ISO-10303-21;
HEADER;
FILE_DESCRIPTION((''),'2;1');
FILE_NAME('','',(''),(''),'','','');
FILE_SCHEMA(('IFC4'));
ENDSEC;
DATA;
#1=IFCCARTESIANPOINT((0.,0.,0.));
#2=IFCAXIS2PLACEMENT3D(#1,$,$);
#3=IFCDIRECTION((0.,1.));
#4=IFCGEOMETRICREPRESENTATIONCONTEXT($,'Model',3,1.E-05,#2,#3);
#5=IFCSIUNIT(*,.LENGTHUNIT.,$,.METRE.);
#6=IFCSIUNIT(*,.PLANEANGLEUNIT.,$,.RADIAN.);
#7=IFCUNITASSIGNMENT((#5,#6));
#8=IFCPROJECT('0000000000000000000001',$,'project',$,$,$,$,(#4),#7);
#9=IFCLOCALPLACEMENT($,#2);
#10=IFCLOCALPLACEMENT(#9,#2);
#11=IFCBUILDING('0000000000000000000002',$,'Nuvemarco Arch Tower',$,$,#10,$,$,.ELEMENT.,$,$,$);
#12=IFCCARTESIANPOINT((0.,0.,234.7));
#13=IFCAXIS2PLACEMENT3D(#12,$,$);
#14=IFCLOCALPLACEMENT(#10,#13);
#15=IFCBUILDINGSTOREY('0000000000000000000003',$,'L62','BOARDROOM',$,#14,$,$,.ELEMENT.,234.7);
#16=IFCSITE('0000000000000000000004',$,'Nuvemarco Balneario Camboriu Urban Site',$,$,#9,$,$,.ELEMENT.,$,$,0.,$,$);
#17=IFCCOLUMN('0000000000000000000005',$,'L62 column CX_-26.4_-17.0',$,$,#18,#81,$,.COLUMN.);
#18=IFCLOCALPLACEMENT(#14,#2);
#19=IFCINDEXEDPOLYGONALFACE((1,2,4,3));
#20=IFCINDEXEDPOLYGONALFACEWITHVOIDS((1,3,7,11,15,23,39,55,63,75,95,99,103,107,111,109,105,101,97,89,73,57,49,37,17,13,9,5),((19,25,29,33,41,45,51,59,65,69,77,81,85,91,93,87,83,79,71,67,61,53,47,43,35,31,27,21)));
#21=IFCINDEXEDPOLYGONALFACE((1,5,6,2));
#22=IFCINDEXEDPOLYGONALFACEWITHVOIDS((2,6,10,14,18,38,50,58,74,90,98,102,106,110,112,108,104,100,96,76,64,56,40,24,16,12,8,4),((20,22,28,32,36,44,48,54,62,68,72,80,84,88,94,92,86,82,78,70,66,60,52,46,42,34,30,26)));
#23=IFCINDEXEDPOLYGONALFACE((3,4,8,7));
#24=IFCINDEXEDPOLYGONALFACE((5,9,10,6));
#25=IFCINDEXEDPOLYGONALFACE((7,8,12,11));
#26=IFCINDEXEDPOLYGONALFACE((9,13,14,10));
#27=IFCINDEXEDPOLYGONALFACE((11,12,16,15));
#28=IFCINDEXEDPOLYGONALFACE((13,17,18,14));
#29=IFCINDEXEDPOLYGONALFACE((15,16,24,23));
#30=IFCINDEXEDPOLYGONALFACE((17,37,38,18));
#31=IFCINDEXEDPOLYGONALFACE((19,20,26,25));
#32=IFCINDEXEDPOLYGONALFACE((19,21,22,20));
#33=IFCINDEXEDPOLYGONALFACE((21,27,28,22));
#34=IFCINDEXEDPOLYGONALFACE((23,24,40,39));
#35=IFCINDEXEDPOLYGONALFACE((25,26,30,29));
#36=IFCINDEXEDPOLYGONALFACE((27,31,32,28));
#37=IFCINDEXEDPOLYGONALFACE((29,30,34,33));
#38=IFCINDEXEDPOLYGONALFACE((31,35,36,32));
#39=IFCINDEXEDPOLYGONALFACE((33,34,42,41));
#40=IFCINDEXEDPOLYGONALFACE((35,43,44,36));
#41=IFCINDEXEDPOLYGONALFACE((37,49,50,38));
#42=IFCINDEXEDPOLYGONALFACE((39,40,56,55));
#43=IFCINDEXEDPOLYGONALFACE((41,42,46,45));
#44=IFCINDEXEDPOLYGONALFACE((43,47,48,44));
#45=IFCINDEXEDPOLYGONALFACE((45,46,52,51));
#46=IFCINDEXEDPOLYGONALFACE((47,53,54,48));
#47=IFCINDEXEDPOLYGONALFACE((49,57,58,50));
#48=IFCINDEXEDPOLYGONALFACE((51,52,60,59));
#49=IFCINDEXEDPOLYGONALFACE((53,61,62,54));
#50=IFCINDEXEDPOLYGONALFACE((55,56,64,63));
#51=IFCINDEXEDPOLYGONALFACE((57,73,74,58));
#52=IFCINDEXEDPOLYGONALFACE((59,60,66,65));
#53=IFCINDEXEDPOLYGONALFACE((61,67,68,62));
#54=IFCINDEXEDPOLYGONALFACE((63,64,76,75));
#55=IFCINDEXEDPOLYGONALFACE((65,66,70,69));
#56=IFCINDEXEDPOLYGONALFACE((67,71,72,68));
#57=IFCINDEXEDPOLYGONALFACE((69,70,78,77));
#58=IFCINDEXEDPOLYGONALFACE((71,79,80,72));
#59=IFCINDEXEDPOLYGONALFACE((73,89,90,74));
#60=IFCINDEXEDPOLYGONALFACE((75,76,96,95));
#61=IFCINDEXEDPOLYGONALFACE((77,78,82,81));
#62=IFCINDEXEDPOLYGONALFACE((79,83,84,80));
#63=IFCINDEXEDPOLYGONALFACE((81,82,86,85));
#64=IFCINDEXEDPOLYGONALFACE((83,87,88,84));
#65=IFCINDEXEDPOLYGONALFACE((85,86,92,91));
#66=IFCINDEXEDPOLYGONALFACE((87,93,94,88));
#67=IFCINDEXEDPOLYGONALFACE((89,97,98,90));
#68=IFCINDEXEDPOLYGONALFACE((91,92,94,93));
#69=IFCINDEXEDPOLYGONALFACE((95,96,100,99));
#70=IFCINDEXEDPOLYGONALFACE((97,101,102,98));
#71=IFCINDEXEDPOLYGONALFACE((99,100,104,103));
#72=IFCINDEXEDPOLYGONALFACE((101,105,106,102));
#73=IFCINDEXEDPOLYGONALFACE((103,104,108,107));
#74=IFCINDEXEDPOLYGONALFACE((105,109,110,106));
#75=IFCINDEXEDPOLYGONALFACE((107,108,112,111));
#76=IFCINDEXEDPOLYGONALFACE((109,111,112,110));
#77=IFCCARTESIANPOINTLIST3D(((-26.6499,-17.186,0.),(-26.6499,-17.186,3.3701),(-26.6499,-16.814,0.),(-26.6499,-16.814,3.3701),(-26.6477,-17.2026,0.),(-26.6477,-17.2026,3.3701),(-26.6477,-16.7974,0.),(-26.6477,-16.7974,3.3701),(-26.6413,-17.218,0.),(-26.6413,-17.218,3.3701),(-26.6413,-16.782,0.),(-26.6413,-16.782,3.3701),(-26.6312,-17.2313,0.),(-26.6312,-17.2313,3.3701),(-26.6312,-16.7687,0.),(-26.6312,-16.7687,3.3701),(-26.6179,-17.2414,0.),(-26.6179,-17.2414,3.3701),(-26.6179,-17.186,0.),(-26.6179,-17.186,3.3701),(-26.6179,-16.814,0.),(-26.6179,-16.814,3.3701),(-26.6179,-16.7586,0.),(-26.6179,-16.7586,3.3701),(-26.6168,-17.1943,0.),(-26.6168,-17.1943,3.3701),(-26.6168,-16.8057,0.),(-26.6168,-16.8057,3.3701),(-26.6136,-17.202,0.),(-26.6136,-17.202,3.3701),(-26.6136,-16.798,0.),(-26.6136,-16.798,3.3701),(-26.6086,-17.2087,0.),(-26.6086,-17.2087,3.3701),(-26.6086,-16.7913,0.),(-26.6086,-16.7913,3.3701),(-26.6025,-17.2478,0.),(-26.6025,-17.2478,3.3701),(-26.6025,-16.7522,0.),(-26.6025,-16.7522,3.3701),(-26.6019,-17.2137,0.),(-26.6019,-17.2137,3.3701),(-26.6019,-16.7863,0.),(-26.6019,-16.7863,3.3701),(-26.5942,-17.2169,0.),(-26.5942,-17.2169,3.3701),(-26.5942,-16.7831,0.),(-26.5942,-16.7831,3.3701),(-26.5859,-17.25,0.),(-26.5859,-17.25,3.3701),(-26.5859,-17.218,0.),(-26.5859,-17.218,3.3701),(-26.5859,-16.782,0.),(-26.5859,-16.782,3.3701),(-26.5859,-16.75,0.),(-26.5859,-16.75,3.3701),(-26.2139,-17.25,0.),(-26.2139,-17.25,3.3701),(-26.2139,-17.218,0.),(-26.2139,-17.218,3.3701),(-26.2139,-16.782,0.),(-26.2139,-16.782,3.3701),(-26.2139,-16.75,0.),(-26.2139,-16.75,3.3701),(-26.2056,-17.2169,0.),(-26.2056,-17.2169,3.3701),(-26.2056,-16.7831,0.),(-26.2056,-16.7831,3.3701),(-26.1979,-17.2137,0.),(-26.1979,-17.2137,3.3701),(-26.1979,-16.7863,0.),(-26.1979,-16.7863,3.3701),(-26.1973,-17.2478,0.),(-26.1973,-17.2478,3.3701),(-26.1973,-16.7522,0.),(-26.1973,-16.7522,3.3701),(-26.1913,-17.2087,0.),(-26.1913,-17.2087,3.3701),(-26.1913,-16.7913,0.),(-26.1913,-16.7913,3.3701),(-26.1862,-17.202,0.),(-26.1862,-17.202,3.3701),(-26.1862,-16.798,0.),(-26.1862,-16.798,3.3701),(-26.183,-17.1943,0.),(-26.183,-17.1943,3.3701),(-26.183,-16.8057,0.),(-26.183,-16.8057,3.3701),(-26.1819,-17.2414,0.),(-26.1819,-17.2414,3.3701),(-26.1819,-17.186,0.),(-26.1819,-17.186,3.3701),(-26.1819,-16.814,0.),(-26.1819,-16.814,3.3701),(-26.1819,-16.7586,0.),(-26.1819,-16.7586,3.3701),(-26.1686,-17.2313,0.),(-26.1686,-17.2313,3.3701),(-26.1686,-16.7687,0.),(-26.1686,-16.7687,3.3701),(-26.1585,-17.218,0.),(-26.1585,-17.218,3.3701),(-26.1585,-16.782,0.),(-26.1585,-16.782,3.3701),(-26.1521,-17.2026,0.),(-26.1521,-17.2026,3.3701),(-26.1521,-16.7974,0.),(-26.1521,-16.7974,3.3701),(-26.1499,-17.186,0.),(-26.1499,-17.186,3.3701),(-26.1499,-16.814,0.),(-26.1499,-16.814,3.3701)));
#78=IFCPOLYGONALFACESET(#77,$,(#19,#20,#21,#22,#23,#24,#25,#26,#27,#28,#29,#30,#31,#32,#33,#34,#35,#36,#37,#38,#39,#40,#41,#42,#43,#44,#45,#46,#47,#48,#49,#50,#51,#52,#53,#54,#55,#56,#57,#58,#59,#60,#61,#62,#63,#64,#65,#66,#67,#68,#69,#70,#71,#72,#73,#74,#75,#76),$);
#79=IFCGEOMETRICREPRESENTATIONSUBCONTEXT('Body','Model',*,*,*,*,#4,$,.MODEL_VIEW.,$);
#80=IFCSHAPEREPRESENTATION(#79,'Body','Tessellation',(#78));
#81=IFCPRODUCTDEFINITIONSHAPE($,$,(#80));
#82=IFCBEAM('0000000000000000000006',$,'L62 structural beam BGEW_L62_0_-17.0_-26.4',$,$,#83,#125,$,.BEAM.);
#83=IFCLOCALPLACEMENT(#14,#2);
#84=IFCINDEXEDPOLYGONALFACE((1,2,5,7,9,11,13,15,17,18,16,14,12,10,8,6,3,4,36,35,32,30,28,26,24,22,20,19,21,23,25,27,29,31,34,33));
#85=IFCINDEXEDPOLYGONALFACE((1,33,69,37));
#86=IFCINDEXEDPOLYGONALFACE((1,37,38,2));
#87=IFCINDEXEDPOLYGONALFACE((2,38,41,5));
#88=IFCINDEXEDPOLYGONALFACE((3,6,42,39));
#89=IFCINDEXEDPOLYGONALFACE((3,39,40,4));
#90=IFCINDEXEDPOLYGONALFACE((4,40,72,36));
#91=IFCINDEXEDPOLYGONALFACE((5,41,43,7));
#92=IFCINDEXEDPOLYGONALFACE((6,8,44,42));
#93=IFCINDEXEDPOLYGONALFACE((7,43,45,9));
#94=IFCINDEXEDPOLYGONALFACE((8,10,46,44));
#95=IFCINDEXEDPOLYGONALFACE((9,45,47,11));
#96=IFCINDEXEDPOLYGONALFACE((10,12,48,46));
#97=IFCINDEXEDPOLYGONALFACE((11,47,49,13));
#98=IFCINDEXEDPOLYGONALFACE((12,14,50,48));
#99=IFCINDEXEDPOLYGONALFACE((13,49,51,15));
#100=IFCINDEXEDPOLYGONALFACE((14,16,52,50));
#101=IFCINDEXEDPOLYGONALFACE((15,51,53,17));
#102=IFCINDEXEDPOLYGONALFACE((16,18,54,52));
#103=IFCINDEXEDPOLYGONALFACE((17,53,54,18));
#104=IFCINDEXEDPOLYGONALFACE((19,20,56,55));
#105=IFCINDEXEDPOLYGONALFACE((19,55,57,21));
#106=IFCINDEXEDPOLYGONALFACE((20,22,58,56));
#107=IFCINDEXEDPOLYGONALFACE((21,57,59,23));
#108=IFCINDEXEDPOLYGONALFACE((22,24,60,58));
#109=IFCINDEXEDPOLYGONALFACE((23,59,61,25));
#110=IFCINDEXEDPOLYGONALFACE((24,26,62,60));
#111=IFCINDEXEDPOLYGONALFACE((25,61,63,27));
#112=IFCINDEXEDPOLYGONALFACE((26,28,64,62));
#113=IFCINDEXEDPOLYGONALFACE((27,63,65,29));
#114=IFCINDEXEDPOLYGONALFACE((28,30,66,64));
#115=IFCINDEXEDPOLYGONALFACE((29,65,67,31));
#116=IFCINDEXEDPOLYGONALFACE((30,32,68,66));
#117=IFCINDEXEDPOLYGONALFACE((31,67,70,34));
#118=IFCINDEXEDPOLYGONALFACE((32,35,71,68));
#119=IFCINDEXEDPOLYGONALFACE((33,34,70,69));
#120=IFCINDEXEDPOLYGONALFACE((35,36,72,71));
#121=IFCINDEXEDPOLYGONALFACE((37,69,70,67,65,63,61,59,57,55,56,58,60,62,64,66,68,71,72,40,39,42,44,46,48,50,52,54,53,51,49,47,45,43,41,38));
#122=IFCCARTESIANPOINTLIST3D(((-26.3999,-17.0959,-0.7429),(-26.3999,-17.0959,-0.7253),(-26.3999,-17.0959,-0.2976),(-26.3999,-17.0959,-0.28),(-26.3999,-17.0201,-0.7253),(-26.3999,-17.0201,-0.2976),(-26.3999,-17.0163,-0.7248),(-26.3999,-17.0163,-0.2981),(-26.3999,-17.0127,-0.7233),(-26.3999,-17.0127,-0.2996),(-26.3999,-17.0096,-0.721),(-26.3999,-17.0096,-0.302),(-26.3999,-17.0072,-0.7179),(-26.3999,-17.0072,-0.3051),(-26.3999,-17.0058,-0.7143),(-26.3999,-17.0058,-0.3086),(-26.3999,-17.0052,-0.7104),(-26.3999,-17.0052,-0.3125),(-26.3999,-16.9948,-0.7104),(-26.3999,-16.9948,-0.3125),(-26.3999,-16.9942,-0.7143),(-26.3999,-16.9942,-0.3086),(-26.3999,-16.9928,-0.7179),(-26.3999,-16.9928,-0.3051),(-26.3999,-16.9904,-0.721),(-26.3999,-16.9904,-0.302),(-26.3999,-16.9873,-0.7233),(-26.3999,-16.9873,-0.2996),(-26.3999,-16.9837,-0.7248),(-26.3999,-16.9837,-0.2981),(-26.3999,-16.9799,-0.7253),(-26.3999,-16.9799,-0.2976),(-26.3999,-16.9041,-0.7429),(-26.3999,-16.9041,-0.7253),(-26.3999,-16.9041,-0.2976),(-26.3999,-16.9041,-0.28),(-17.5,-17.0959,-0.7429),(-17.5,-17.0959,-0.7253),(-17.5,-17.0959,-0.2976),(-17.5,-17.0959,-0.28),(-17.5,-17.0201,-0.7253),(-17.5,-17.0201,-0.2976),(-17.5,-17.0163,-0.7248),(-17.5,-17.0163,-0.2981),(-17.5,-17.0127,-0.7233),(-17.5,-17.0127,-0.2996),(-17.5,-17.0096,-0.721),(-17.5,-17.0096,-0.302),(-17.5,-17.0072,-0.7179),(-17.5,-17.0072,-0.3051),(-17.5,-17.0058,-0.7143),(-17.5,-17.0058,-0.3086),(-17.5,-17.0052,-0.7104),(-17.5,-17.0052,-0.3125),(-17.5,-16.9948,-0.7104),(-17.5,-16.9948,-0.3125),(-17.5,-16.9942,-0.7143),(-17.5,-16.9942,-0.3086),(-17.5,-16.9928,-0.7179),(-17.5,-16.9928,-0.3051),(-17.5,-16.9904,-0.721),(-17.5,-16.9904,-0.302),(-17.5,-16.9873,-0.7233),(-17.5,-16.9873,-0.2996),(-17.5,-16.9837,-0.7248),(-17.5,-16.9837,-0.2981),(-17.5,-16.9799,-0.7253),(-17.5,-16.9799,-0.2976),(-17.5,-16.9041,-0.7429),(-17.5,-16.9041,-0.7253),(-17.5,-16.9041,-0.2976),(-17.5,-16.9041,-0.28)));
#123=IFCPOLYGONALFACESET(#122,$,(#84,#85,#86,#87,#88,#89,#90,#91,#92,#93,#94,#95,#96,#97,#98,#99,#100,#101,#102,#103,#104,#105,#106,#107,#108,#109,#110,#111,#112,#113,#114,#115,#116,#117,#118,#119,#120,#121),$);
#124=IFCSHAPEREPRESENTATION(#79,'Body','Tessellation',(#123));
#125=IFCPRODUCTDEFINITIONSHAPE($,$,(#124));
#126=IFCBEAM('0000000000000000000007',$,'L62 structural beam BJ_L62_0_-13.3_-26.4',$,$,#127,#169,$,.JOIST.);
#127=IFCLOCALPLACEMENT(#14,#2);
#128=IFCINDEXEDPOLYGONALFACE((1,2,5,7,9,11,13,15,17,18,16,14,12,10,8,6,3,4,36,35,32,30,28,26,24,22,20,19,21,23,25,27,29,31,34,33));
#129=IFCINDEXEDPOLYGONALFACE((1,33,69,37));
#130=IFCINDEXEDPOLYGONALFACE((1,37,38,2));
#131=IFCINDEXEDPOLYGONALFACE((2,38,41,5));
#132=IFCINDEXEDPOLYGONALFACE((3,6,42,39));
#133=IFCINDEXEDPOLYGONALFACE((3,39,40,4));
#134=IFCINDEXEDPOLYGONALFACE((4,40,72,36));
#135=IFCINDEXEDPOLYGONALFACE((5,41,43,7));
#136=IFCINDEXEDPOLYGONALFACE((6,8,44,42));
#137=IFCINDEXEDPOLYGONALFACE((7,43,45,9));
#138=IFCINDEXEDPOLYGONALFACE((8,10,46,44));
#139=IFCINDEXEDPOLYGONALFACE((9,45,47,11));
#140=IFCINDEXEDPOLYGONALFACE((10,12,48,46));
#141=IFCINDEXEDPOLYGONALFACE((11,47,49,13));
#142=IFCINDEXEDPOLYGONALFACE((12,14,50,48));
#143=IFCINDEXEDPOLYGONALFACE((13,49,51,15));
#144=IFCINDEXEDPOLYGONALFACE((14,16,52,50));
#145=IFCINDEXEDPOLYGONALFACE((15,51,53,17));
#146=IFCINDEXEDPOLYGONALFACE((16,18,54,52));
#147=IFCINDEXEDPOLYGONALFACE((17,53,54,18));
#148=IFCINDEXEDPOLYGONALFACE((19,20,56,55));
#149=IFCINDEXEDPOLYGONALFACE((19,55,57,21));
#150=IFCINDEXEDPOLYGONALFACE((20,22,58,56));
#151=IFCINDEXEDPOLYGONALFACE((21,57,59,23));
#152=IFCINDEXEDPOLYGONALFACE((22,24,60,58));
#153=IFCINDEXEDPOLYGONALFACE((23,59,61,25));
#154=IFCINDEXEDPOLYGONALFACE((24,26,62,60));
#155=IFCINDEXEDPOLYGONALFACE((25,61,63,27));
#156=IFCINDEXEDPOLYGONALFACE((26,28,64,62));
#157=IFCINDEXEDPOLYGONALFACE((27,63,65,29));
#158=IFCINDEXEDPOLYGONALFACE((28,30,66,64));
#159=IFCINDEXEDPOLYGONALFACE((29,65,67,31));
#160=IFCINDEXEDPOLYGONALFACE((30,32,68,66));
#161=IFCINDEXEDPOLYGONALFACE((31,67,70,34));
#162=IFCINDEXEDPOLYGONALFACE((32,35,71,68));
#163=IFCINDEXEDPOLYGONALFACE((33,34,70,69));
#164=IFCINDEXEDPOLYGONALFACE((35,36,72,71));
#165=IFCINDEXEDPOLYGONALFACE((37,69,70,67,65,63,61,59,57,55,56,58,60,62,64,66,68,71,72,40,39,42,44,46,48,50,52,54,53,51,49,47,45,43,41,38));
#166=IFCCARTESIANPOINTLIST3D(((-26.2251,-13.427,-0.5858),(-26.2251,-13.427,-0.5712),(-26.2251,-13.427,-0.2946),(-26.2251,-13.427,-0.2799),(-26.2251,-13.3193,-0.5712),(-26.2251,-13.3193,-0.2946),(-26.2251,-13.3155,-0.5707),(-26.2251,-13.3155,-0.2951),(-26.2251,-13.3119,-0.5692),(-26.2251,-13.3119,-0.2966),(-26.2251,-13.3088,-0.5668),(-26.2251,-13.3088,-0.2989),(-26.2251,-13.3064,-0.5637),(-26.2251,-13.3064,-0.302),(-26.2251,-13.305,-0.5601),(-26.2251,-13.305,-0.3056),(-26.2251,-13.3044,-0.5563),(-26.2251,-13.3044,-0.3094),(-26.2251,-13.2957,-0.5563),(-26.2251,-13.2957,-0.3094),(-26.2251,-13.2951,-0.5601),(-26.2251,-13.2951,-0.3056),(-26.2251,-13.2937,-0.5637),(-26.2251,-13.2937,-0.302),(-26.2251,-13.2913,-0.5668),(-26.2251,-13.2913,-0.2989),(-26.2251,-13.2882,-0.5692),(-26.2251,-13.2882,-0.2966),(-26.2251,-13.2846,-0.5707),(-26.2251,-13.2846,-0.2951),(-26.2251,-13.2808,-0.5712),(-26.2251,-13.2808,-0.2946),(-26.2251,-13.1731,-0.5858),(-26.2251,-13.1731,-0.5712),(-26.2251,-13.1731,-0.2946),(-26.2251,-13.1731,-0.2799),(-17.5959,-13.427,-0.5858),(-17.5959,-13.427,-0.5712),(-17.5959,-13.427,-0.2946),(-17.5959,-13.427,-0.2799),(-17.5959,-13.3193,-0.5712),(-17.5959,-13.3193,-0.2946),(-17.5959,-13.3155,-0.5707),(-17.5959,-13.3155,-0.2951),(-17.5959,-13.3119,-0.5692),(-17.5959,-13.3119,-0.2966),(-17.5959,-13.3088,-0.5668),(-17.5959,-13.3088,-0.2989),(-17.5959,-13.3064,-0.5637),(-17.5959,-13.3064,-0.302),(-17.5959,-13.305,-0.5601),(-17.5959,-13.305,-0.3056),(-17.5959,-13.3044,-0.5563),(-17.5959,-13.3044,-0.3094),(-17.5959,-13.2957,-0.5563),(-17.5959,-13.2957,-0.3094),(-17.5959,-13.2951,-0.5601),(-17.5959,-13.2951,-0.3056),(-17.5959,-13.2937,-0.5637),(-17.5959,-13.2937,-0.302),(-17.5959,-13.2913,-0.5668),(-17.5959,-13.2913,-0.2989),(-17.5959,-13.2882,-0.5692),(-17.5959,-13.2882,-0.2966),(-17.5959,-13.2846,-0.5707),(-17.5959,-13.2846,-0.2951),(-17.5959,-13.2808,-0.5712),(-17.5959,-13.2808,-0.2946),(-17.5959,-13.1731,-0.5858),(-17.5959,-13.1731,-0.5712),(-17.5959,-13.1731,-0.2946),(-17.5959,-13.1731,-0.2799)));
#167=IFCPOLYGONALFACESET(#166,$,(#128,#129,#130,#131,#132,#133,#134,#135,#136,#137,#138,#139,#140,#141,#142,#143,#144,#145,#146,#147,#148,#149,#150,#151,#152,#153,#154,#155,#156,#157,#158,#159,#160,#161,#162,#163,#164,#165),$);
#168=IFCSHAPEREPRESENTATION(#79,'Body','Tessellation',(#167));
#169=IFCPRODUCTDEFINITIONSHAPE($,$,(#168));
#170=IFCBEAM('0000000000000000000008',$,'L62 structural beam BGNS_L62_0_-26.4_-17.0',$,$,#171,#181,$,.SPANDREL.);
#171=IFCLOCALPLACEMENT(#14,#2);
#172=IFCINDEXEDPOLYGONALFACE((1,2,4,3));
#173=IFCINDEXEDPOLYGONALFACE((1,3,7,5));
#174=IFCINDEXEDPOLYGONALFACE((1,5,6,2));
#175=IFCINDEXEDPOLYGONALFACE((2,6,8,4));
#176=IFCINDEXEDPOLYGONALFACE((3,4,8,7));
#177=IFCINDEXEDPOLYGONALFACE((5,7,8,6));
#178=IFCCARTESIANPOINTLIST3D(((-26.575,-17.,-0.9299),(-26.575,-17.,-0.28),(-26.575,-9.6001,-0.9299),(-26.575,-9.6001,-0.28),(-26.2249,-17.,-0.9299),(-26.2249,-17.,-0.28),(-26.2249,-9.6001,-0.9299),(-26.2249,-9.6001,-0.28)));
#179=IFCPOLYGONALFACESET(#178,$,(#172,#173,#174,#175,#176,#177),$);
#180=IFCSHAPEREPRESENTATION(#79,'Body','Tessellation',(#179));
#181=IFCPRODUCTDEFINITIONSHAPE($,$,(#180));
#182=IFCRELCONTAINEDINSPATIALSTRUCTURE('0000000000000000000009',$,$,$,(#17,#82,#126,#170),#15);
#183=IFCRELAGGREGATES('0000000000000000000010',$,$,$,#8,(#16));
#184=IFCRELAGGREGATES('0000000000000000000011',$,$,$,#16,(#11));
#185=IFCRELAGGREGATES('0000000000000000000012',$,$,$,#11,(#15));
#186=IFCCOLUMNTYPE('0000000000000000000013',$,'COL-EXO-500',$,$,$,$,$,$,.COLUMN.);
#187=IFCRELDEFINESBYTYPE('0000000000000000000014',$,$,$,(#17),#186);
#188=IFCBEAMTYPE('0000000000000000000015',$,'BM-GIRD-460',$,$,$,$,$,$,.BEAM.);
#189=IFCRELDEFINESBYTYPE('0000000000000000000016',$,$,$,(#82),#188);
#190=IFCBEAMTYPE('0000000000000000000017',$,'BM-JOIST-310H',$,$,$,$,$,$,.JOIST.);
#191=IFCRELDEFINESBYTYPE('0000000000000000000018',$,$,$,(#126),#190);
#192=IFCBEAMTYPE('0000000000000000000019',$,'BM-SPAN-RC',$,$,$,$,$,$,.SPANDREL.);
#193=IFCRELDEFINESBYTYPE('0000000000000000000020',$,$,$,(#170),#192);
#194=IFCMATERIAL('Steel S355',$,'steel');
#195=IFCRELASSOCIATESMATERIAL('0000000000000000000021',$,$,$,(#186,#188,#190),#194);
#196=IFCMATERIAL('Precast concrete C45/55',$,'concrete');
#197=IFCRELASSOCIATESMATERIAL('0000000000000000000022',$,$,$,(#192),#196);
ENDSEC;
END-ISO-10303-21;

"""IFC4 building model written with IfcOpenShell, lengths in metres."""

from ifc_helpers import new_model, si_unit, direction, frame, origin, origin_2d, place, context, subcontext, project, spatial, rectangle, hollow_rectangle, i_section, extrude, material, material_profile, profile_set, type_object, element, save


model = new_model("IFC4")

# Units and contexts
model_context = context("Model", 3, precision=1e-05, world=origin(), true_north=direction((0.0, 1.0)))
body_context = subcontext(model_context, "Body", "Model", "MODEL_VIEW")
ifc_project = project(units=[si_unit("LENGTHUNIT", "METRE"), si_unit("PLANEANGLEUNIT", "RADIAN")], contexts=[model_context])

# Site, building, storey
site_placement = place(None, origin())
site = spatial("IfcSite", under=ifc_project, at=site_placement, Name="Nuvemarco Balneario Camboriu Urban Site", CompositionType="ELEMENT", RefElevation=0.0)
building_placement = place(site_placement, origin())
building = spatial("IfcBuilding", under=site, at=building_placement, Name="Nuvemarco Arch Tower", CompositionType="ELEMENT")
storey_placement = place(building_placement, frame((0.0, 0.0, 234.7)))
storey = spatial("IfcBuildingStorey", under=building, at=storey_placement, Name="L62", Description="BOARDROOM", CompositionType="ELEMENT", Elevation=234.7)

# Column
ifc_material_1 = material(Name="Steel S355", Category="steel")
ifc_material_profile_1 = material_profile(ifc_material_1, hollow_rectangle(XDim=0.5, YDim=0.5, WallThickness=0.032, InnerFilletRadius=0.032, OuterFilletRadius=0.064, at=origin_2d()), Name="SHS500x500x32")
ifc_profile_set_1 = profile_set([ifc_material_profile_1], Name="Steel S355")
column_type = type_object("IfcColumnType", Name="COL-EXO-500", PredefinedType="COLUMN", material=ifc_profile_set_1)
column_placement = place(storey_placement, frame((-26.3999, -17.0, 0.0), z_axis=(0.0, 0.0, 1.0), x_axis=(1.0, 0.0, 0.0)))
element("IfcColumn", 1, at=column_placement, inside=storey, type_object=column_type, Name="L62 column CX_-26.4_-17.0", PredefinedType="COLUMN", context=body_context, shape_type="SweptSolid", body=[
    extrude(hollow_rectangle(XDim=0.5, YDim=0.5, WallThickness=0.032, InnerFilletRadius=0.032, OuterFilletRadius=0.064, at=origin_2d()), origin(), (0.0, 0.0, 1.0), 3.3701),
])

# Beams
ifc_material_profile_2 = material_profile(ifc_material_1, i_section(OverallWidth=0.1919, OverallDepth=0.4629, WebThickness=0.0105, FlangeThickness=0.0176, FilletRadius=0.0149, at=origin_2d()), Name="W460x89")
ifc_profile_set_2 = profile_set([ifc_material_profile_2], Name="Steel S355")
beam_type_1 = type_object("IfcBeamType", Name="BM-GIRD-460", PredefinedType="BEAM", material=ifc_profile_set_2)
beam_1_placement = place(storey_placement, frame((-26.3999, -17.0, -0.5115), z_axis=(1.0, 0.0, 0.0), x_axis=(0.0, 1.0, 0.0)))
element("IfcBeam", 2, at=beam_1_placement, inside=storey, type_object=beam_type_1, Name="L62 structural beam BGEW_L62_0_-17.0_-26.4", PredefinedType="BEAM", context=body_context, shape_type="SweptSolid", body=[
    extrude(i_section(OverallWidth=0.1919, OverallDepth=0.4629, WebThickness=0.0105, FlangeThickness=0.0176, FilletRadius=0.0149, at=origin_2d()), origin(), (0.0, 0.0, 1.0), 8.8999),
])
ifc_material_profile_3 = material_profile(ifc_material_1, i_section(OverallWidth=0.2539, OverallDepth=0.3059, WebThickness=0.0088, FlangeThickness=0.0146, FilletRadius=0.0149, at=origin_2d()), Name="W310x79")
ifc_profile_set_3 = profile_set([ifc_material_profile_3], Name="Steel S355")
beam_type_2 = type_object("IfcBeamType", Name="BM-JOIST-310H", PredefinedType="JOIST", material=ifc_profile_set_3)
beam_2_placement = place(storey_placement, frame((-26.2251, -13.3, -0.4329), z_axis=(1.0, 0.0, 0.0), x_axis=(0.0, 1.0, 0.0)))
element("IfcBeam", 3, at=beam_2_placement, inside=storey, type_object=beam_type_2, Name="L62 structural beam BJ_L62_0_-13.3_-26.4", PredefinedType="JOIST", context=body_context, shape_type="SweptSolid", body=[
    extrude(i_section(OverallWidth=0.2539, OverallDepth=0.3059, WebThickness=0.0088, FlangeThickness=0.0146, FilletRadius=0.0149, at=origin_2d()), origin(), (0.0, 0.0, 1.0), 8.6292),
])
ifc_material_2 = material(Name="Precast concrete C45/55", Category="concrete")
ifc_material_profile_4 = material_profile(ifc_material_2, rectangle(XDim=0.3501, YDim=0.6499, at=origin_2d()), Name="PC-SP-350x650")
ifc_profile_set_4 = profile_set([ifc_material_profile_4], Name="Precast concrete C45/55")
beam_type_3 = type_object("IfcBeamType", Name="BM-SPAN-RC", PredefinedType="SPANDREL", material=ifc_profile_set_4)
beam_3_placement = place(storey_placement, frame((-26.3999, -17.0, -0.605), z_axis=(0.0, 1.0, 0.0), x_axis=(-1.0, 0.0, 0.0)))
element("IfcBeam", 4, at=beam_3_placement, inside=storey, type_object=beam_type_3, Name="L62 structural beam BGNS_L62_0_-26.4_-17.0", PredefinedType="SPANDREL", context=body_context, shape_type="SweptSolid", body=[
    extrude(rectangle(XDim=0.3501, YDim=0.6499, at=origin_2d()), origin(), (0.0, 0.0, 1.0), 7.3999),
])

save(model, "model.ifc")
